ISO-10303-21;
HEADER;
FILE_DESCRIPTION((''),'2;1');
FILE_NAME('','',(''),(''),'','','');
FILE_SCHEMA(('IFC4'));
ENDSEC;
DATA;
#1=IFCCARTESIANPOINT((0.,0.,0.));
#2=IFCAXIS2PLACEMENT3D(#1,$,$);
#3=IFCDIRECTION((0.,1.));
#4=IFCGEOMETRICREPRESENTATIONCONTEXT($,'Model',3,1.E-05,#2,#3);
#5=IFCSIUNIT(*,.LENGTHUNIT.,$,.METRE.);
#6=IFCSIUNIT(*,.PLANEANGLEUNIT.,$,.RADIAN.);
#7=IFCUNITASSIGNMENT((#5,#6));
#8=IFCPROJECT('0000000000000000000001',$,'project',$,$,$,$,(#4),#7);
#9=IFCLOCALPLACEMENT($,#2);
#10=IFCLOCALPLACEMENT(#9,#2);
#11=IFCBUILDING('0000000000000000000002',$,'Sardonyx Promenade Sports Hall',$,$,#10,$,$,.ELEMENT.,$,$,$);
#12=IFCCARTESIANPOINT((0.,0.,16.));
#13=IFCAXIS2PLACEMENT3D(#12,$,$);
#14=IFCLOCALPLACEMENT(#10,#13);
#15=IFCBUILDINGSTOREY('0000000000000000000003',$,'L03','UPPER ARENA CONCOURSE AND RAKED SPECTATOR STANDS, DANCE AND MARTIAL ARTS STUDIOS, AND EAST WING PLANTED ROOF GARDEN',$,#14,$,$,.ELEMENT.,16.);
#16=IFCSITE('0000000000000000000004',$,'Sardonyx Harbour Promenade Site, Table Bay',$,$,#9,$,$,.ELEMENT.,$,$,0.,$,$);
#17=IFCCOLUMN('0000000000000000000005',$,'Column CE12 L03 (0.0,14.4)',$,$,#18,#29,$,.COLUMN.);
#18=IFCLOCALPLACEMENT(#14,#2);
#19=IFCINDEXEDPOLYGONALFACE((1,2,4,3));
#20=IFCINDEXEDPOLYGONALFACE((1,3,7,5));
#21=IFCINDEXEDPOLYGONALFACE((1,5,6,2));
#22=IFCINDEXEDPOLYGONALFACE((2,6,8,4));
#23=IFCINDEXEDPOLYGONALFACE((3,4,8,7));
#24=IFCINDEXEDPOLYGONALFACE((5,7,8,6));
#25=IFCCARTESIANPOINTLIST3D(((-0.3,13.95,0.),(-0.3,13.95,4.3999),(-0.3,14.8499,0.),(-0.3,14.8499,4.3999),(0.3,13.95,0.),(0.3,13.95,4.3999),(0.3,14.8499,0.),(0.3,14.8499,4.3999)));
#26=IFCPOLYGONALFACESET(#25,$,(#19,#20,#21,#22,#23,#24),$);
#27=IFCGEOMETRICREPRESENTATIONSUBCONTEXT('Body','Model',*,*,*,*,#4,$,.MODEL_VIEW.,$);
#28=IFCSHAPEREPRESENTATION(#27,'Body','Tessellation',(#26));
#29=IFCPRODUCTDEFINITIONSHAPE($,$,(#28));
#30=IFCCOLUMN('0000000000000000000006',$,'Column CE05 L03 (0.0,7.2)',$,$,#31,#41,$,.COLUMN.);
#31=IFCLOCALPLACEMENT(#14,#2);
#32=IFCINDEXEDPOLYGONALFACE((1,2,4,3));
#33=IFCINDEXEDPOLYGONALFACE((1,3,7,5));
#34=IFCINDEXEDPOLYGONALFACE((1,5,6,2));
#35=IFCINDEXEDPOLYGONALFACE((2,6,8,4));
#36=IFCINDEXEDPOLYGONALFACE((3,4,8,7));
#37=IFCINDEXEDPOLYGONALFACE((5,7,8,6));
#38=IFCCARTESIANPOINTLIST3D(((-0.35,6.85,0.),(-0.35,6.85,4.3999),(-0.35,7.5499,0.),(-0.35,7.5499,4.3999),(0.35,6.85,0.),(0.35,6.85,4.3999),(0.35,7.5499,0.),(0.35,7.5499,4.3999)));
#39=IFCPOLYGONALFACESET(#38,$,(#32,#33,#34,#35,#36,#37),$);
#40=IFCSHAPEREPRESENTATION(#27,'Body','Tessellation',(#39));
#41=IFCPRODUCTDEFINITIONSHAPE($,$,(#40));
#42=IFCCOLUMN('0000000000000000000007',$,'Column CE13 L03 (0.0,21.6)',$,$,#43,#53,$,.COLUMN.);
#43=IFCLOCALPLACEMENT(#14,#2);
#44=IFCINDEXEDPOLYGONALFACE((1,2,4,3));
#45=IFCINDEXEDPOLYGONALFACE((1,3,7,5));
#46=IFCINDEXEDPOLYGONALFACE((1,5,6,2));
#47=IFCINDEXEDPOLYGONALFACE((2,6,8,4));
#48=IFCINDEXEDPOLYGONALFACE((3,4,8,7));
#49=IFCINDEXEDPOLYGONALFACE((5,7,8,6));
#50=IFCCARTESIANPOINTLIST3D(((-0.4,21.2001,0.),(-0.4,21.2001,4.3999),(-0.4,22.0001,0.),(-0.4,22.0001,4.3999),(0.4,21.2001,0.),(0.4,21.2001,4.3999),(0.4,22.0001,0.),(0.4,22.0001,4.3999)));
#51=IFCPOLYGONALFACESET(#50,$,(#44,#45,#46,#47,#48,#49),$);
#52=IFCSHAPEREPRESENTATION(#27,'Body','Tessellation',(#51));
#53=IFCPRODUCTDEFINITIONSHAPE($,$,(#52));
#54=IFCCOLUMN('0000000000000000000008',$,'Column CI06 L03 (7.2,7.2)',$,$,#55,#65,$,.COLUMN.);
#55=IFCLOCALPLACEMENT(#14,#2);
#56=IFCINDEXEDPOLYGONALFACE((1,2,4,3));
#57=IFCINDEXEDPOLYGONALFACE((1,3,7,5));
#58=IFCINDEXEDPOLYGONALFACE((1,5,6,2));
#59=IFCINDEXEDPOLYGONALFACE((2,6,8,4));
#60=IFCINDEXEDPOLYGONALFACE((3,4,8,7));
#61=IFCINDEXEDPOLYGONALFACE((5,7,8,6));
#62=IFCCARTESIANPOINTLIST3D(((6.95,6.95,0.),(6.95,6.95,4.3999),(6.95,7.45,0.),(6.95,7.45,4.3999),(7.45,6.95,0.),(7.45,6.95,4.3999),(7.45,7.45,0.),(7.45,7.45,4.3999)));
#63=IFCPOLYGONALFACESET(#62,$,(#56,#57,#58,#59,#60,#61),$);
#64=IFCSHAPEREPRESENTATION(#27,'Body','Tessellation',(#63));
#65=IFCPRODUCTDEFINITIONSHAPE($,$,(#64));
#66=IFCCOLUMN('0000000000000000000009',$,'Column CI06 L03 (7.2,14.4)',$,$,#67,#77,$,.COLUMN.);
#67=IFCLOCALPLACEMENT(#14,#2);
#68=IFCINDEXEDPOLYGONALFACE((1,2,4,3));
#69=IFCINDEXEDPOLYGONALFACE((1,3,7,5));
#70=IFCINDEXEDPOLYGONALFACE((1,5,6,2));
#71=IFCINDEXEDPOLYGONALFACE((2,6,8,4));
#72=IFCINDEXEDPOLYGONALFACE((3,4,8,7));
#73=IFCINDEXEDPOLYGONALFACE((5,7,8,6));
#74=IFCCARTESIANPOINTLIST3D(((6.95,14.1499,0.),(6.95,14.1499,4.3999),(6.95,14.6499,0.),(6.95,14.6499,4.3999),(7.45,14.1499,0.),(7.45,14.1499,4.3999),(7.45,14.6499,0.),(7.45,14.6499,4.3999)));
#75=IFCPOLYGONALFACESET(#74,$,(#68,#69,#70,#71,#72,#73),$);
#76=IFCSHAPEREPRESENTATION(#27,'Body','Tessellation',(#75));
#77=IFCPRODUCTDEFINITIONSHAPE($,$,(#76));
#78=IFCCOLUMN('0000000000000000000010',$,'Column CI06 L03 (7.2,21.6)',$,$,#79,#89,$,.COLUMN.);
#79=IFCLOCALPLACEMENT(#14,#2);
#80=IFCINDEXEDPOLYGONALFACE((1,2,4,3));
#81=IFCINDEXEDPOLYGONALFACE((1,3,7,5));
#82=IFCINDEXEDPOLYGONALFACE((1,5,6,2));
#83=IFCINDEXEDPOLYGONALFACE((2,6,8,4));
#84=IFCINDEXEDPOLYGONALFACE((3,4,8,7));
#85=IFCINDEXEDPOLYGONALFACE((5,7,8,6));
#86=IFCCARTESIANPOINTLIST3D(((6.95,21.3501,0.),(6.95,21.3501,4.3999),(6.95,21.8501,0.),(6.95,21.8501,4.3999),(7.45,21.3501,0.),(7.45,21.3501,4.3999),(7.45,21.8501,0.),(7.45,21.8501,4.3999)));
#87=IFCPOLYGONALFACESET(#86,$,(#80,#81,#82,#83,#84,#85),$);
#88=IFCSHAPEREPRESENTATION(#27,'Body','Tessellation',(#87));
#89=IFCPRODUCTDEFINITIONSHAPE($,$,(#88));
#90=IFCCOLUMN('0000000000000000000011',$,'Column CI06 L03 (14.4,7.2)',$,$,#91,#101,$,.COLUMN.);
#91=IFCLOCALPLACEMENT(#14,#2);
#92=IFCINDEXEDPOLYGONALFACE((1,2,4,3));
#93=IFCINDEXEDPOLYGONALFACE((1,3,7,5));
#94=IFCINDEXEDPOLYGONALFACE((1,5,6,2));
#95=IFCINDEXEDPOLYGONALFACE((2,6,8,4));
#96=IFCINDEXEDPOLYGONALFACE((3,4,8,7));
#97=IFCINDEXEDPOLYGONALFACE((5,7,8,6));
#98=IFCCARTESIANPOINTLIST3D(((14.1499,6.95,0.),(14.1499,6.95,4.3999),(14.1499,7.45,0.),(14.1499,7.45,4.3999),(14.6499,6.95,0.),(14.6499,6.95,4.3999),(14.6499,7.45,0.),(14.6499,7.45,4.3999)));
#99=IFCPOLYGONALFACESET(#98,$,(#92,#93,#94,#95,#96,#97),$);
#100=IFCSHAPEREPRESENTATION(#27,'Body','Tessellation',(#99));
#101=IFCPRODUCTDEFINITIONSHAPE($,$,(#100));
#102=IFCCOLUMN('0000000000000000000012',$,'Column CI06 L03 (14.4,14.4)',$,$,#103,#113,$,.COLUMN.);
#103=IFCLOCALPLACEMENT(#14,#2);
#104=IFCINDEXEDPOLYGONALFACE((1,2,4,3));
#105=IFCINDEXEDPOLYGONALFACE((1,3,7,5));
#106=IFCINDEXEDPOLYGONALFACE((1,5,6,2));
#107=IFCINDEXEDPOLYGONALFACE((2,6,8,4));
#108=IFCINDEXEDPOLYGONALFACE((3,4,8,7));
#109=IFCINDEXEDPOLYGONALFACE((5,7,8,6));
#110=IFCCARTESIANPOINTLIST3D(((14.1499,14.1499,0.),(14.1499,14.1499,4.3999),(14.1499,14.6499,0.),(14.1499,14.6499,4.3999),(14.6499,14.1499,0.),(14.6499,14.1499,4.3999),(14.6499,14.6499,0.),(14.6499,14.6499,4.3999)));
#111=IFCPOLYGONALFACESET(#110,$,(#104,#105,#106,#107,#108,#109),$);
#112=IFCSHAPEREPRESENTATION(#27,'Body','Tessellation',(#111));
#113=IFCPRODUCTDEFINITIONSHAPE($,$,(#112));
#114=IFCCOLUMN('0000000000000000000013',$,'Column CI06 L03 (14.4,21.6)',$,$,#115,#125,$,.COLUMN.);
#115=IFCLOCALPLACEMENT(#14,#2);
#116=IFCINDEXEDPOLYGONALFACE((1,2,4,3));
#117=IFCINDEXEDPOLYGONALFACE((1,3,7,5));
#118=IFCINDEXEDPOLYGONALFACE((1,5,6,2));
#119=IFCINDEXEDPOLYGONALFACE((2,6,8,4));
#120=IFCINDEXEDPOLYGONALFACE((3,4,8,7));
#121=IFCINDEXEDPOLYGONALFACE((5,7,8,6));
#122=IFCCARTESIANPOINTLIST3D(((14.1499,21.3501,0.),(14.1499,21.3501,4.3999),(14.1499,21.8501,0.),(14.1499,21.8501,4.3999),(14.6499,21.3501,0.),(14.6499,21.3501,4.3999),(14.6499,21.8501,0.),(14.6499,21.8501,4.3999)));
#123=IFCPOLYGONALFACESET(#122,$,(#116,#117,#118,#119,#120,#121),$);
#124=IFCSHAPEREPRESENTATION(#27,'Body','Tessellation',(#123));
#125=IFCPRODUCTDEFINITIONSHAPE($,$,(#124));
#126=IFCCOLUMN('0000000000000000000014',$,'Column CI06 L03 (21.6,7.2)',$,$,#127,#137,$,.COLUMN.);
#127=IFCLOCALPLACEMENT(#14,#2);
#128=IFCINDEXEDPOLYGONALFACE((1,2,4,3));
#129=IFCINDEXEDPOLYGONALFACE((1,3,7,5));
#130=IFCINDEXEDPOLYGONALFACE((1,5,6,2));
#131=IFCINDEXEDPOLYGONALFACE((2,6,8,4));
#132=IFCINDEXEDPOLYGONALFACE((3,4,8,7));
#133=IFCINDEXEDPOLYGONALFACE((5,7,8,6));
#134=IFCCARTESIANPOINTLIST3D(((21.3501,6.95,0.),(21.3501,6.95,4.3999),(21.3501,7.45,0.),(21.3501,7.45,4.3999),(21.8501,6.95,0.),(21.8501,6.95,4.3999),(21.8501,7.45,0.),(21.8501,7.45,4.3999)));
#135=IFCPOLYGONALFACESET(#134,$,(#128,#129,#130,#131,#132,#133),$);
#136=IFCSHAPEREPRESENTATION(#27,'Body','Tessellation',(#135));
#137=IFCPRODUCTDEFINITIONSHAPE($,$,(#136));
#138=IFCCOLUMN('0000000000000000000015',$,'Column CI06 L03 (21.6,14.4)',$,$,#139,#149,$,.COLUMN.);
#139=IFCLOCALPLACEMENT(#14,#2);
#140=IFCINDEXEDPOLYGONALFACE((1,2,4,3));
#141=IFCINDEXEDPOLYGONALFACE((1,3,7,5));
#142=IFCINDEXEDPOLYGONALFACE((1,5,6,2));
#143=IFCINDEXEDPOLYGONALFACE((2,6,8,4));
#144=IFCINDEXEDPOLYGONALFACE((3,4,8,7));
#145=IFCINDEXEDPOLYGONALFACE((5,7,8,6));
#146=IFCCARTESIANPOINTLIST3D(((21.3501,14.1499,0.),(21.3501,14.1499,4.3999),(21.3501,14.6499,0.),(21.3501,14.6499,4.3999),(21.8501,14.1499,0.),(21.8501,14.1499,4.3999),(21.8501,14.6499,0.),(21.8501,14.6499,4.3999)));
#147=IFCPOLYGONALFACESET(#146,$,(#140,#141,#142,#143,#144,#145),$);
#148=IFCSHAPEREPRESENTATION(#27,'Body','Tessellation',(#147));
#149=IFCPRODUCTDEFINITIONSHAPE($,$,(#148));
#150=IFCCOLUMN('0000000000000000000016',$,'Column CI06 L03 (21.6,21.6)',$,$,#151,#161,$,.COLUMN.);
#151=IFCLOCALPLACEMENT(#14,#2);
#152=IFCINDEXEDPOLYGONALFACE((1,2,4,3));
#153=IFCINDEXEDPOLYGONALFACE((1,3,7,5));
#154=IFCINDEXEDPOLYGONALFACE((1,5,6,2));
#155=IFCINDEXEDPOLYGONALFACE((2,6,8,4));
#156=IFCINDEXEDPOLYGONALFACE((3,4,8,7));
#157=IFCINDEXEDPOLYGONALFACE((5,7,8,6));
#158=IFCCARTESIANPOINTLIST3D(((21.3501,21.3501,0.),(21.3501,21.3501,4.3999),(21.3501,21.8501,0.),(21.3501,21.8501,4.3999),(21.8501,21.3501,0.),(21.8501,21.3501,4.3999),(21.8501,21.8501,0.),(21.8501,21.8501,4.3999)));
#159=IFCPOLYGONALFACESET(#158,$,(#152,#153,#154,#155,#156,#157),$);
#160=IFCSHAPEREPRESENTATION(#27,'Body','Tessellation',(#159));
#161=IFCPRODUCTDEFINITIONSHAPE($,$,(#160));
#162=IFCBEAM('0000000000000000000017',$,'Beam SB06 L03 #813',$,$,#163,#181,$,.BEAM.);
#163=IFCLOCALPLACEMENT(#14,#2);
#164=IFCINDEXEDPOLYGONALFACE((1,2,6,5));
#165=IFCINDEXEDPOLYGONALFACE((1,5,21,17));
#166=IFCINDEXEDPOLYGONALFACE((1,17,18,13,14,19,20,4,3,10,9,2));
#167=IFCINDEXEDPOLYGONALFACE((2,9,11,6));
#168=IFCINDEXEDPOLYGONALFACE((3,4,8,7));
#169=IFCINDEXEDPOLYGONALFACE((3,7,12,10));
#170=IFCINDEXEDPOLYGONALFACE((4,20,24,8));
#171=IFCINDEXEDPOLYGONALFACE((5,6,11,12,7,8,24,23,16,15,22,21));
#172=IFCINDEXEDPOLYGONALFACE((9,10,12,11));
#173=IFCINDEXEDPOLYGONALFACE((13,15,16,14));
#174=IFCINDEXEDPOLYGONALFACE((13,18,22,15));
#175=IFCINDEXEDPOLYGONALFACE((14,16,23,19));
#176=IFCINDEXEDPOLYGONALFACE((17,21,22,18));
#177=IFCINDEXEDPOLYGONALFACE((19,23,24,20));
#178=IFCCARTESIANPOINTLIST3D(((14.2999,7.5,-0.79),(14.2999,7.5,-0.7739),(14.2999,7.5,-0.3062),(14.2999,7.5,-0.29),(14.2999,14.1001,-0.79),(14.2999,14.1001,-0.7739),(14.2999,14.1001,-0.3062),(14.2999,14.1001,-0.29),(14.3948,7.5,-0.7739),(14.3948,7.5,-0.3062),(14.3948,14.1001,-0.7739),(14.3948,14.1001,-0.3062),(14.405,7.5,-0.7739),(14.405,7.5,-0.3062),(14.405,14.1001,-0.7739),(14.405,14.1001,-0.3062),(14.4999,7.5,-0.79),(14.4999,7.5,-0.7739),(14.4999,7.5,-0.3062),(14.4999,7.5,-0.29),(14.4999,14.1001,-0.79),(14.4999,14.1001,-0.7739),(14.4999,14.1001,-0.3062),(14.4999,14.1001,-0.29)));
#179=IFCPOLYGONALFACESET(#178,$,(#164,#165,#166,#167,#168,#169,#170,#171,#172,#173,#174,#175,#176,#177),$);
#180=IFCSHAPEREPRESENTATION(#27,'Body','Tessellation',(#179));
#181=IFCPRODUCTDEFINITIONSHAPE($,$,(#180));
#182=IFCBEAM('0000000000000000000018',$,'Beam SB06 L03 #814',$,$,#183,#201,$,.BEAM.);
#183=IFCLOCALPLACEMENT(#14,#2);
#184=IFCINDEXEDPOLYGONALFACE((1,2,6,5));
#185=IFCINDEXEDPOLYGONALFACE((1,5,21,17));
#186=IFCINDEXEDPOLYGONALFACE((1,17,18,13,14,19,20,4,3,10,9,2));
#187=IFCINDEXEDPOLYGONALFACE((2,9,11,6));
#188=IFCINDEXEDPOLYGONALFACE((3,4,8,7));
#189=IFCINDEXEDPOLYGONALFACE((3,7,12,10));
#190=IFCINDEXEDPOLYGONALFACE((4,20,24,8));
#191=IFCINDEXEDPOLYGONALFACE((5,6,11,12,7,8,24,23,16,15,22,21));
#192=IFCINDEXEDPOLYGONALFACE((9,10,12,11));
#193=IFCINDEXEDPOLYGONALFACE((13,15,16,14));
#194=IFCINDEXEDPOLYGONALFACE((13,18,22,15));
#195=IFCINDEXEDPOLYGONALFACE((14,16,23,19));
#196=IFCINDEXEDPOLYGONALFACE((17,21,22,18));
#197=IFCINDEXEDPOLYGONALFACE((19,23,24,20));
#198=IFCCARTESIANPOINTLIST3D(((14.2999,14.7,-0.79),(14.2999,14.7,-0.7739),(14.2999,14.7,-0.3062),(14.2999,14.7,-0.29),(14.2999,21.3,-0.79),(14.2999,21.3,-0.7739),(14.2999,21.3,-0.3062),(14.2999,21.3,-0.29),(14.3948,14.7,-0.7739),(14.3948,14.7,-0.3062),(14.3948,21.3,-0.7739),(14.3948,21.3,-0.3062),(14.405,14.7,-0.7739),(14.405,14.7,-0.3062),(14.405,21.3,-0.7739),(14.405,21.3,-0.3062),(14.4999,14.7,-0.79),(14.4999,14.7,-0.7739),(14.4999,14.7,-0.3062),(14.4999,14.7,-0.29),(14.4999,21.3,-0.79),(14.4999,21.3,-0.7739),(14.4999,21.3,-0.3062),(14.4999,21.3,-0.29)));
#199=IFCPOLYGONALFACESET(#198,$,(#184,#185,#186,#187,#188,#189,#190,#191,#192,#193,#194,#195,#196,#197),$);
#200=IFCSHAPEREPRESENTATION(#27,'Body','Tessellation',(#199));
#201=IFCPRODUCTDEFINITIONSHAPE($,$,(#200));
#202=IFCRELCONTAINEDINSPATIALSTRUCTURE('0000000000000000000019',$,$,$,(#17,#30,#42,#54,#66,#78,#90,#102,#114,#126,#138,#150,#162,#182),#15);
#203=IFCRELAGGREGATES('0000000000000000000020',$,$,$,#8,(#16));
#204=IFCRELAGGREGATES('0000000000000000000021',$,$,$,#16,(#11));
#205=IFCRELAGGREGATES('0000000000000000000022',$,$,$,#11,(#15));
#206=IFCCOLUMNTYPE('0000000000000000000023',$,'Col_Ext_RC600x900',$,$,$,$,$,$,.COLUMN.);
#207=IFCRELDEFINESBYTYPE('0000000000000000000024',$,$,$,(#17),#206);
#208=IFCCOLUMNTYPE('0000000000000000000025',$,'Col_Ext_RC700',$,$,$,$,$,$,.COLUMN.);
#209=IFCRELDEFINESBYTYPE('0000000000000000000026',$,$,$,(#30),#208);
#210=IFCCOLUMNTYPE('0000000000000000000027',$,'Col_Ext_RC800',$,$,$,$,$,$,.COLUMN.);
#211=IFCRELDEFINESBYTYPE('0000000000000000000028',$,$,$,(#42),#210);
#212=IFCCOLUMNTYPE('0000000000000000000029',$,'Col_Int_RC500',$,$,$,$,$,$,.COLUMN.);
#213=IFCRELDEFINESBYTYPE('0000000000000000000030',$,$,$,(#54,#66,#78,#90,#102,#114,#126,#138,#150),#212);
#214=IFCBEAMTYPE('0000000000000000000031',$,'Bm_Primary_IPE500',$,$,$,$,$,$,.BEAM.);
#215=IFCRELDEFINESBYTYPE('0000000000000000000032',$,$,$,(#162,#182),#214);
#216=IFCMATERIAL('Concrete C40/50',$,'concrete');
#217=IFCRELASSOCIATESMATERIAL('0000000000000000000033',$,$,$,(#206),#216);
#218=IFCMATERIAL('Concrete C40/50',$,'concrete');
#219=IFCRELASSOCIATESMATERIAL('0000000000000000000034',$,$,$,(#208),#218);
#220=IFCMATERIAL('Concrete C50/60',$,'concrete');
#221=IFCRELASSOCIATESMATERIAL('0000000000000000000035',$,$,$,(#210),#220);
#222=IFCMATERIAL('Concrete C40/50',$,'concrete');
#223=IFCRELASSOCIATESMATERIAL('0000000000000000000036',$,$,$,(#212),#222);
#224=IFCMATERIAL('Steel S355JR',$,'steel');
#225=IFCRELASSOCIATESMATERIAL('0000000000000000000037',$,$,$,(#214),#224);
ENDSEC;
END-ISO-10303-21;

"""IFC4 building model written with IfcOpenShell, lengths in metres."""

from ifc_helpers import new_model, si_unit, direction, frame, origin, origin_2d, place, context, subcontext, project, spatial, rectangle, i_section, extrude, material, material_profile, profile_set, type_object, element, save


model = new_model("IFC4")

# Units and contexts
model_context = context("Model", 3, precision=1e-05, world=origin(), true_north=direction((0.0, 1.0)))
body_context = subcontext(model_context, "Body", "Model", "MODEL_VIEW")
ifc_project = project(units=[si_unit("LENGTHUNIT", "METRE"), si_unit("PLANEANGLEUNIT", "RADIAN")], contexts=[model_context])

# Site, building, storey
site_placement = place(None, origin())
site = spatial("IfcSite", under=ifc_project, at=site_placement, Name="Sardonyx Harbour Promenade Site, Table Bay", CompositionType="ELEMENT", RefElevation=0.0)
building_placement = place(site_placement, origin())
building = spatial("IfcBuilding", under=site, at=building_placement, Name="Sardonyx Promenade Sports Hall", CompositionType="ELEMENT")
storey_placement = place(building_placement, frame((0.0, 0.0, 16.0)))
storey = spatial("IfcBuildingStorey", under=building, at=storey_placement, Name="L03", Description="UPPER ARENA CONCOURSE AND RAKED SPECTATOR STANDS, DANCE AND MARTIAL ARTS STUDIOS, AND EAST WING PLANTED ROOF GARDEN", CompositionType="ELEMENT", Elevation=16.0)

# Columns
ifc_material_1 = material(Name="Concrete C40/50", Category="concrete")
ifc_material_profile_1 = material_profile(ifc_material_1, rectangle(XDim=0.6001, YDim=0.8999, at=origin_2d()))
ifc_profile_set_1 = profile_set([ifc_material_profile_1], Name="Concrete C40/50")
column_type_1 = type_object("IfcColumnType", Name="Col_Ext_RC600x900", PredefinedType="COLUMN", material=ifc_profile_set_1)
column_1_placement = place(storey_placement, frame((0.0, 14.3999, 0.0), z_axis=(0.0, 0.0, 1.0), x_axis=(1.0, 0.0, 0.0)))
element("IfcColumn", 1, at=column_1_placement, inside=storey, type_object=column_type_1, Name="Column CE12 L03 (0.0,14.4)", PredefinedType="COLUMN", context=body_context, shape_type="SweptSolid", body=[
    extrude(rectangle(XDim=0.6001, YDim=0.8999, at=origin_2d()), origin(), (0.0, 0.0, 1.0), 4.3999),
])
ifc_material_2 = material(Name="Concrete C40/50", Category="concrete")
ifc_material_profile_2 = material_profile(ifc_material_2, rectangle(XDim=0.7, YDim=0.7, at=origin_2d()))
ifc_profile_set_2 = profile_set([ifc_material_profile_2], Name="Concrete C40/50")
column_type_2 = type_object("IfcColumnType", Name="Col_Ext_RC700", PredefinedType="COLUMN", material=ifc_profile_set_2)
column_2_placement = place(storey_placement, frame((0.0, 7.2, 0.0), z_axis=(0.0, 0.0, 1.0), x_axis=(1.0, 0.0, 0.0)))
element("IfcColumn", 2, at=column_2_placement, inside=storey, type_object=column_type_2, Name="Column CE05 L03 (0.0,7.2)", PredefinedType="COLUMN", context=body_context, shape_type="SweptSolid", body=[
    extrude(rectangle(XDim=0.7, YDim=0.7, at=origin_2d()), origin(), (0.0, 0.0, 1.0), 4.3999),
])
ifc_material_3 = material(Name="Concrete C50/60", Category="concrete")
ifc_material_profile_3 = material_profile(ifc_material_3, rectangle(XDim=0.8, YDim=0.8, at=origin_2d()))
ifc_profile_set_3 = profile_set([ifc_material_profile_3], Name="Concrete C50/60")
column_type_3 = type_object("IfcColumnType", Name="Col_Ext_RC800", PredefinedType="COLUMN", material=ifc_profile_set_3)
column_3_placement = place(storey_placement, frame((0.0, 21.6001, 0.0), z_axis=(0.0, 0.0, 1.0), x_axis=(1.0, 0.0, 0.0)))
element("IfcColumn", 3, at=column_3_placement, inside=storey, type_object=column_type_3, Name="Column CE13 L03 (0.0,21.6)", PredefinedType="COLUMN", context=body_context, shape_type="SweptSolid", body=[
    extrude(rectangle(XDim=0.8, YDim=0.8, at=origin_2d()), origin(), (0.0, 0.0, 1.0), 4.3999),
])
ifc_material_4 = material(Name="Concrete C40/50", Category="concrete")
ifc_material_profile_4 = material_profile(ifc_material_4, rectangle(XDim=0.5, YDim=0.5, at=origin_2d()))
ifc_profile_set_4 = profile_set([ifc_material_profile_4], Name="Concrete C40/50")
column_type_4 = type_object("IfcColumnType", Name="Col_Int_RC500", PredefinedType="COLUMN", material=ifc_profile_set_4)
for number, where, z_axis, x_axis, name in (
    (4, (7.2, 7.2, 0.0), (0.0, 0.0, 1.0), (1.0, 0.0, 0.0), "Column CI06 L03 (7.2,7.2)"),
    (5, (7.2, 14.3999, 0.0), (0.0, 0.0, 1.0), (1.0, 0.0, 0.0), "Column CI06 L03 (7.2,14.4)"),
    (6, (7.2, 21.6001, 0.0), (0.0, 0.0, 1.0), (1.0, 0.0, 0.0), "Column CI06 L03 (7.2,21.6)"),
    (7, (14.3999, 7.2, 0.0), (0.0, 0.0, 1.0), (1.0, 0.0, 0.0), "Column CI06 L03 (14.4,7.2)"),
    (8, (14.3999, 14.3999, 0.0), (0.0, 0.0, 1.0), (1.0, 0.0, 0.0), "Column CI06 L03 (14.4,14.4)"),
    (9, (14.3999, 21.6001, 0.0), (0.0, 0.0, 1.0), (1.0, 0.0, 0.0), "Column CI06 L03 (14.4,21.6)"),
    (10, (21.6001, 7.2, 0.0), (0.0, 0.0, 1.0), (1.0, 0.0, 0.0), "Column CI06 L03 (21.6,7.2)"),
    (11, (21.6001, 14.3999, 0.0), (0.0, 0.0, 1.0), (1.0, 0.0, 0.0), "Column CI06 L03 (21.6,14.4)"),
    (12, (21.6001, 21.6001, 0.0), (0.0, 0.0, 1.0), (1.0, 0.0, 0.0), "Column CI06 L03 (21.6,21.6)"),
):
    element("IfcColumn", number, at=place(storey_placement, frame(where, z_axis=z_axis, x_axis=x_axis)), inside=storey, type_object=column_type_4, Name=name, PredefinedType="COLUMN", context=body_context, shape_type="SweptSolid", body=[
        extrude(rectangle(XDim=0.5, YDim=0.5, at=origin_2d()), origin(), (0.0, 0.0, 1.0), 4.3999),
    ])

# Beams
ifc_material_5 = material(Name="Steel S355JR", Category="steel")
ifc_material_profile_5 = material_profile(ifc_material_5, i_section(OverallWidth=0.2, OverallDepth=0.5, WebThickness=0.0103, FlangeThickness=0.0161, at=origin_2d()))
ifc_profile_set_5 = profile_set([ifc_material_profile_5], Name="Steel S355JR")
beam_type_1 = type_object("IfcBeamType", Name="Bm_Primary_IPE500", PredefinedType="BEAM", material=ifc_profile_set_5)
for number, where, z_axis, x_axis, name in (
    (13, (14.3999, 7.5, -0.54), (0.0, 1.0, 0.0), (-1.0, 0.0, 0.0), "Beam SB06 L03 #813"),
    (14, (14.3999, 14.7, -0.54), (0.0, 1.0, 0.0), (-1.0, 0.0, 0.0), "Beam SB06 L03 #814"),
):
    element("IfcBeam", number, at=place(storey_placement, frame(where, z_axis=z_axis, x_axis=x_axis)), inside=storey, type_object=beam_type_1, Name=name, PredefinedType="BEAM", context=body_context, shape_type="SweptSolid", body=[
        extrude(i_section(OverallWidth=0.2, OverallDepth=0.5, WebThickness=0.0103, FlangeThickness=0.0161, at=origin_2d()), origin(), (0.0, 0.0, 1.0), 6.6001),
    ])

save(model, "model.ifc")
